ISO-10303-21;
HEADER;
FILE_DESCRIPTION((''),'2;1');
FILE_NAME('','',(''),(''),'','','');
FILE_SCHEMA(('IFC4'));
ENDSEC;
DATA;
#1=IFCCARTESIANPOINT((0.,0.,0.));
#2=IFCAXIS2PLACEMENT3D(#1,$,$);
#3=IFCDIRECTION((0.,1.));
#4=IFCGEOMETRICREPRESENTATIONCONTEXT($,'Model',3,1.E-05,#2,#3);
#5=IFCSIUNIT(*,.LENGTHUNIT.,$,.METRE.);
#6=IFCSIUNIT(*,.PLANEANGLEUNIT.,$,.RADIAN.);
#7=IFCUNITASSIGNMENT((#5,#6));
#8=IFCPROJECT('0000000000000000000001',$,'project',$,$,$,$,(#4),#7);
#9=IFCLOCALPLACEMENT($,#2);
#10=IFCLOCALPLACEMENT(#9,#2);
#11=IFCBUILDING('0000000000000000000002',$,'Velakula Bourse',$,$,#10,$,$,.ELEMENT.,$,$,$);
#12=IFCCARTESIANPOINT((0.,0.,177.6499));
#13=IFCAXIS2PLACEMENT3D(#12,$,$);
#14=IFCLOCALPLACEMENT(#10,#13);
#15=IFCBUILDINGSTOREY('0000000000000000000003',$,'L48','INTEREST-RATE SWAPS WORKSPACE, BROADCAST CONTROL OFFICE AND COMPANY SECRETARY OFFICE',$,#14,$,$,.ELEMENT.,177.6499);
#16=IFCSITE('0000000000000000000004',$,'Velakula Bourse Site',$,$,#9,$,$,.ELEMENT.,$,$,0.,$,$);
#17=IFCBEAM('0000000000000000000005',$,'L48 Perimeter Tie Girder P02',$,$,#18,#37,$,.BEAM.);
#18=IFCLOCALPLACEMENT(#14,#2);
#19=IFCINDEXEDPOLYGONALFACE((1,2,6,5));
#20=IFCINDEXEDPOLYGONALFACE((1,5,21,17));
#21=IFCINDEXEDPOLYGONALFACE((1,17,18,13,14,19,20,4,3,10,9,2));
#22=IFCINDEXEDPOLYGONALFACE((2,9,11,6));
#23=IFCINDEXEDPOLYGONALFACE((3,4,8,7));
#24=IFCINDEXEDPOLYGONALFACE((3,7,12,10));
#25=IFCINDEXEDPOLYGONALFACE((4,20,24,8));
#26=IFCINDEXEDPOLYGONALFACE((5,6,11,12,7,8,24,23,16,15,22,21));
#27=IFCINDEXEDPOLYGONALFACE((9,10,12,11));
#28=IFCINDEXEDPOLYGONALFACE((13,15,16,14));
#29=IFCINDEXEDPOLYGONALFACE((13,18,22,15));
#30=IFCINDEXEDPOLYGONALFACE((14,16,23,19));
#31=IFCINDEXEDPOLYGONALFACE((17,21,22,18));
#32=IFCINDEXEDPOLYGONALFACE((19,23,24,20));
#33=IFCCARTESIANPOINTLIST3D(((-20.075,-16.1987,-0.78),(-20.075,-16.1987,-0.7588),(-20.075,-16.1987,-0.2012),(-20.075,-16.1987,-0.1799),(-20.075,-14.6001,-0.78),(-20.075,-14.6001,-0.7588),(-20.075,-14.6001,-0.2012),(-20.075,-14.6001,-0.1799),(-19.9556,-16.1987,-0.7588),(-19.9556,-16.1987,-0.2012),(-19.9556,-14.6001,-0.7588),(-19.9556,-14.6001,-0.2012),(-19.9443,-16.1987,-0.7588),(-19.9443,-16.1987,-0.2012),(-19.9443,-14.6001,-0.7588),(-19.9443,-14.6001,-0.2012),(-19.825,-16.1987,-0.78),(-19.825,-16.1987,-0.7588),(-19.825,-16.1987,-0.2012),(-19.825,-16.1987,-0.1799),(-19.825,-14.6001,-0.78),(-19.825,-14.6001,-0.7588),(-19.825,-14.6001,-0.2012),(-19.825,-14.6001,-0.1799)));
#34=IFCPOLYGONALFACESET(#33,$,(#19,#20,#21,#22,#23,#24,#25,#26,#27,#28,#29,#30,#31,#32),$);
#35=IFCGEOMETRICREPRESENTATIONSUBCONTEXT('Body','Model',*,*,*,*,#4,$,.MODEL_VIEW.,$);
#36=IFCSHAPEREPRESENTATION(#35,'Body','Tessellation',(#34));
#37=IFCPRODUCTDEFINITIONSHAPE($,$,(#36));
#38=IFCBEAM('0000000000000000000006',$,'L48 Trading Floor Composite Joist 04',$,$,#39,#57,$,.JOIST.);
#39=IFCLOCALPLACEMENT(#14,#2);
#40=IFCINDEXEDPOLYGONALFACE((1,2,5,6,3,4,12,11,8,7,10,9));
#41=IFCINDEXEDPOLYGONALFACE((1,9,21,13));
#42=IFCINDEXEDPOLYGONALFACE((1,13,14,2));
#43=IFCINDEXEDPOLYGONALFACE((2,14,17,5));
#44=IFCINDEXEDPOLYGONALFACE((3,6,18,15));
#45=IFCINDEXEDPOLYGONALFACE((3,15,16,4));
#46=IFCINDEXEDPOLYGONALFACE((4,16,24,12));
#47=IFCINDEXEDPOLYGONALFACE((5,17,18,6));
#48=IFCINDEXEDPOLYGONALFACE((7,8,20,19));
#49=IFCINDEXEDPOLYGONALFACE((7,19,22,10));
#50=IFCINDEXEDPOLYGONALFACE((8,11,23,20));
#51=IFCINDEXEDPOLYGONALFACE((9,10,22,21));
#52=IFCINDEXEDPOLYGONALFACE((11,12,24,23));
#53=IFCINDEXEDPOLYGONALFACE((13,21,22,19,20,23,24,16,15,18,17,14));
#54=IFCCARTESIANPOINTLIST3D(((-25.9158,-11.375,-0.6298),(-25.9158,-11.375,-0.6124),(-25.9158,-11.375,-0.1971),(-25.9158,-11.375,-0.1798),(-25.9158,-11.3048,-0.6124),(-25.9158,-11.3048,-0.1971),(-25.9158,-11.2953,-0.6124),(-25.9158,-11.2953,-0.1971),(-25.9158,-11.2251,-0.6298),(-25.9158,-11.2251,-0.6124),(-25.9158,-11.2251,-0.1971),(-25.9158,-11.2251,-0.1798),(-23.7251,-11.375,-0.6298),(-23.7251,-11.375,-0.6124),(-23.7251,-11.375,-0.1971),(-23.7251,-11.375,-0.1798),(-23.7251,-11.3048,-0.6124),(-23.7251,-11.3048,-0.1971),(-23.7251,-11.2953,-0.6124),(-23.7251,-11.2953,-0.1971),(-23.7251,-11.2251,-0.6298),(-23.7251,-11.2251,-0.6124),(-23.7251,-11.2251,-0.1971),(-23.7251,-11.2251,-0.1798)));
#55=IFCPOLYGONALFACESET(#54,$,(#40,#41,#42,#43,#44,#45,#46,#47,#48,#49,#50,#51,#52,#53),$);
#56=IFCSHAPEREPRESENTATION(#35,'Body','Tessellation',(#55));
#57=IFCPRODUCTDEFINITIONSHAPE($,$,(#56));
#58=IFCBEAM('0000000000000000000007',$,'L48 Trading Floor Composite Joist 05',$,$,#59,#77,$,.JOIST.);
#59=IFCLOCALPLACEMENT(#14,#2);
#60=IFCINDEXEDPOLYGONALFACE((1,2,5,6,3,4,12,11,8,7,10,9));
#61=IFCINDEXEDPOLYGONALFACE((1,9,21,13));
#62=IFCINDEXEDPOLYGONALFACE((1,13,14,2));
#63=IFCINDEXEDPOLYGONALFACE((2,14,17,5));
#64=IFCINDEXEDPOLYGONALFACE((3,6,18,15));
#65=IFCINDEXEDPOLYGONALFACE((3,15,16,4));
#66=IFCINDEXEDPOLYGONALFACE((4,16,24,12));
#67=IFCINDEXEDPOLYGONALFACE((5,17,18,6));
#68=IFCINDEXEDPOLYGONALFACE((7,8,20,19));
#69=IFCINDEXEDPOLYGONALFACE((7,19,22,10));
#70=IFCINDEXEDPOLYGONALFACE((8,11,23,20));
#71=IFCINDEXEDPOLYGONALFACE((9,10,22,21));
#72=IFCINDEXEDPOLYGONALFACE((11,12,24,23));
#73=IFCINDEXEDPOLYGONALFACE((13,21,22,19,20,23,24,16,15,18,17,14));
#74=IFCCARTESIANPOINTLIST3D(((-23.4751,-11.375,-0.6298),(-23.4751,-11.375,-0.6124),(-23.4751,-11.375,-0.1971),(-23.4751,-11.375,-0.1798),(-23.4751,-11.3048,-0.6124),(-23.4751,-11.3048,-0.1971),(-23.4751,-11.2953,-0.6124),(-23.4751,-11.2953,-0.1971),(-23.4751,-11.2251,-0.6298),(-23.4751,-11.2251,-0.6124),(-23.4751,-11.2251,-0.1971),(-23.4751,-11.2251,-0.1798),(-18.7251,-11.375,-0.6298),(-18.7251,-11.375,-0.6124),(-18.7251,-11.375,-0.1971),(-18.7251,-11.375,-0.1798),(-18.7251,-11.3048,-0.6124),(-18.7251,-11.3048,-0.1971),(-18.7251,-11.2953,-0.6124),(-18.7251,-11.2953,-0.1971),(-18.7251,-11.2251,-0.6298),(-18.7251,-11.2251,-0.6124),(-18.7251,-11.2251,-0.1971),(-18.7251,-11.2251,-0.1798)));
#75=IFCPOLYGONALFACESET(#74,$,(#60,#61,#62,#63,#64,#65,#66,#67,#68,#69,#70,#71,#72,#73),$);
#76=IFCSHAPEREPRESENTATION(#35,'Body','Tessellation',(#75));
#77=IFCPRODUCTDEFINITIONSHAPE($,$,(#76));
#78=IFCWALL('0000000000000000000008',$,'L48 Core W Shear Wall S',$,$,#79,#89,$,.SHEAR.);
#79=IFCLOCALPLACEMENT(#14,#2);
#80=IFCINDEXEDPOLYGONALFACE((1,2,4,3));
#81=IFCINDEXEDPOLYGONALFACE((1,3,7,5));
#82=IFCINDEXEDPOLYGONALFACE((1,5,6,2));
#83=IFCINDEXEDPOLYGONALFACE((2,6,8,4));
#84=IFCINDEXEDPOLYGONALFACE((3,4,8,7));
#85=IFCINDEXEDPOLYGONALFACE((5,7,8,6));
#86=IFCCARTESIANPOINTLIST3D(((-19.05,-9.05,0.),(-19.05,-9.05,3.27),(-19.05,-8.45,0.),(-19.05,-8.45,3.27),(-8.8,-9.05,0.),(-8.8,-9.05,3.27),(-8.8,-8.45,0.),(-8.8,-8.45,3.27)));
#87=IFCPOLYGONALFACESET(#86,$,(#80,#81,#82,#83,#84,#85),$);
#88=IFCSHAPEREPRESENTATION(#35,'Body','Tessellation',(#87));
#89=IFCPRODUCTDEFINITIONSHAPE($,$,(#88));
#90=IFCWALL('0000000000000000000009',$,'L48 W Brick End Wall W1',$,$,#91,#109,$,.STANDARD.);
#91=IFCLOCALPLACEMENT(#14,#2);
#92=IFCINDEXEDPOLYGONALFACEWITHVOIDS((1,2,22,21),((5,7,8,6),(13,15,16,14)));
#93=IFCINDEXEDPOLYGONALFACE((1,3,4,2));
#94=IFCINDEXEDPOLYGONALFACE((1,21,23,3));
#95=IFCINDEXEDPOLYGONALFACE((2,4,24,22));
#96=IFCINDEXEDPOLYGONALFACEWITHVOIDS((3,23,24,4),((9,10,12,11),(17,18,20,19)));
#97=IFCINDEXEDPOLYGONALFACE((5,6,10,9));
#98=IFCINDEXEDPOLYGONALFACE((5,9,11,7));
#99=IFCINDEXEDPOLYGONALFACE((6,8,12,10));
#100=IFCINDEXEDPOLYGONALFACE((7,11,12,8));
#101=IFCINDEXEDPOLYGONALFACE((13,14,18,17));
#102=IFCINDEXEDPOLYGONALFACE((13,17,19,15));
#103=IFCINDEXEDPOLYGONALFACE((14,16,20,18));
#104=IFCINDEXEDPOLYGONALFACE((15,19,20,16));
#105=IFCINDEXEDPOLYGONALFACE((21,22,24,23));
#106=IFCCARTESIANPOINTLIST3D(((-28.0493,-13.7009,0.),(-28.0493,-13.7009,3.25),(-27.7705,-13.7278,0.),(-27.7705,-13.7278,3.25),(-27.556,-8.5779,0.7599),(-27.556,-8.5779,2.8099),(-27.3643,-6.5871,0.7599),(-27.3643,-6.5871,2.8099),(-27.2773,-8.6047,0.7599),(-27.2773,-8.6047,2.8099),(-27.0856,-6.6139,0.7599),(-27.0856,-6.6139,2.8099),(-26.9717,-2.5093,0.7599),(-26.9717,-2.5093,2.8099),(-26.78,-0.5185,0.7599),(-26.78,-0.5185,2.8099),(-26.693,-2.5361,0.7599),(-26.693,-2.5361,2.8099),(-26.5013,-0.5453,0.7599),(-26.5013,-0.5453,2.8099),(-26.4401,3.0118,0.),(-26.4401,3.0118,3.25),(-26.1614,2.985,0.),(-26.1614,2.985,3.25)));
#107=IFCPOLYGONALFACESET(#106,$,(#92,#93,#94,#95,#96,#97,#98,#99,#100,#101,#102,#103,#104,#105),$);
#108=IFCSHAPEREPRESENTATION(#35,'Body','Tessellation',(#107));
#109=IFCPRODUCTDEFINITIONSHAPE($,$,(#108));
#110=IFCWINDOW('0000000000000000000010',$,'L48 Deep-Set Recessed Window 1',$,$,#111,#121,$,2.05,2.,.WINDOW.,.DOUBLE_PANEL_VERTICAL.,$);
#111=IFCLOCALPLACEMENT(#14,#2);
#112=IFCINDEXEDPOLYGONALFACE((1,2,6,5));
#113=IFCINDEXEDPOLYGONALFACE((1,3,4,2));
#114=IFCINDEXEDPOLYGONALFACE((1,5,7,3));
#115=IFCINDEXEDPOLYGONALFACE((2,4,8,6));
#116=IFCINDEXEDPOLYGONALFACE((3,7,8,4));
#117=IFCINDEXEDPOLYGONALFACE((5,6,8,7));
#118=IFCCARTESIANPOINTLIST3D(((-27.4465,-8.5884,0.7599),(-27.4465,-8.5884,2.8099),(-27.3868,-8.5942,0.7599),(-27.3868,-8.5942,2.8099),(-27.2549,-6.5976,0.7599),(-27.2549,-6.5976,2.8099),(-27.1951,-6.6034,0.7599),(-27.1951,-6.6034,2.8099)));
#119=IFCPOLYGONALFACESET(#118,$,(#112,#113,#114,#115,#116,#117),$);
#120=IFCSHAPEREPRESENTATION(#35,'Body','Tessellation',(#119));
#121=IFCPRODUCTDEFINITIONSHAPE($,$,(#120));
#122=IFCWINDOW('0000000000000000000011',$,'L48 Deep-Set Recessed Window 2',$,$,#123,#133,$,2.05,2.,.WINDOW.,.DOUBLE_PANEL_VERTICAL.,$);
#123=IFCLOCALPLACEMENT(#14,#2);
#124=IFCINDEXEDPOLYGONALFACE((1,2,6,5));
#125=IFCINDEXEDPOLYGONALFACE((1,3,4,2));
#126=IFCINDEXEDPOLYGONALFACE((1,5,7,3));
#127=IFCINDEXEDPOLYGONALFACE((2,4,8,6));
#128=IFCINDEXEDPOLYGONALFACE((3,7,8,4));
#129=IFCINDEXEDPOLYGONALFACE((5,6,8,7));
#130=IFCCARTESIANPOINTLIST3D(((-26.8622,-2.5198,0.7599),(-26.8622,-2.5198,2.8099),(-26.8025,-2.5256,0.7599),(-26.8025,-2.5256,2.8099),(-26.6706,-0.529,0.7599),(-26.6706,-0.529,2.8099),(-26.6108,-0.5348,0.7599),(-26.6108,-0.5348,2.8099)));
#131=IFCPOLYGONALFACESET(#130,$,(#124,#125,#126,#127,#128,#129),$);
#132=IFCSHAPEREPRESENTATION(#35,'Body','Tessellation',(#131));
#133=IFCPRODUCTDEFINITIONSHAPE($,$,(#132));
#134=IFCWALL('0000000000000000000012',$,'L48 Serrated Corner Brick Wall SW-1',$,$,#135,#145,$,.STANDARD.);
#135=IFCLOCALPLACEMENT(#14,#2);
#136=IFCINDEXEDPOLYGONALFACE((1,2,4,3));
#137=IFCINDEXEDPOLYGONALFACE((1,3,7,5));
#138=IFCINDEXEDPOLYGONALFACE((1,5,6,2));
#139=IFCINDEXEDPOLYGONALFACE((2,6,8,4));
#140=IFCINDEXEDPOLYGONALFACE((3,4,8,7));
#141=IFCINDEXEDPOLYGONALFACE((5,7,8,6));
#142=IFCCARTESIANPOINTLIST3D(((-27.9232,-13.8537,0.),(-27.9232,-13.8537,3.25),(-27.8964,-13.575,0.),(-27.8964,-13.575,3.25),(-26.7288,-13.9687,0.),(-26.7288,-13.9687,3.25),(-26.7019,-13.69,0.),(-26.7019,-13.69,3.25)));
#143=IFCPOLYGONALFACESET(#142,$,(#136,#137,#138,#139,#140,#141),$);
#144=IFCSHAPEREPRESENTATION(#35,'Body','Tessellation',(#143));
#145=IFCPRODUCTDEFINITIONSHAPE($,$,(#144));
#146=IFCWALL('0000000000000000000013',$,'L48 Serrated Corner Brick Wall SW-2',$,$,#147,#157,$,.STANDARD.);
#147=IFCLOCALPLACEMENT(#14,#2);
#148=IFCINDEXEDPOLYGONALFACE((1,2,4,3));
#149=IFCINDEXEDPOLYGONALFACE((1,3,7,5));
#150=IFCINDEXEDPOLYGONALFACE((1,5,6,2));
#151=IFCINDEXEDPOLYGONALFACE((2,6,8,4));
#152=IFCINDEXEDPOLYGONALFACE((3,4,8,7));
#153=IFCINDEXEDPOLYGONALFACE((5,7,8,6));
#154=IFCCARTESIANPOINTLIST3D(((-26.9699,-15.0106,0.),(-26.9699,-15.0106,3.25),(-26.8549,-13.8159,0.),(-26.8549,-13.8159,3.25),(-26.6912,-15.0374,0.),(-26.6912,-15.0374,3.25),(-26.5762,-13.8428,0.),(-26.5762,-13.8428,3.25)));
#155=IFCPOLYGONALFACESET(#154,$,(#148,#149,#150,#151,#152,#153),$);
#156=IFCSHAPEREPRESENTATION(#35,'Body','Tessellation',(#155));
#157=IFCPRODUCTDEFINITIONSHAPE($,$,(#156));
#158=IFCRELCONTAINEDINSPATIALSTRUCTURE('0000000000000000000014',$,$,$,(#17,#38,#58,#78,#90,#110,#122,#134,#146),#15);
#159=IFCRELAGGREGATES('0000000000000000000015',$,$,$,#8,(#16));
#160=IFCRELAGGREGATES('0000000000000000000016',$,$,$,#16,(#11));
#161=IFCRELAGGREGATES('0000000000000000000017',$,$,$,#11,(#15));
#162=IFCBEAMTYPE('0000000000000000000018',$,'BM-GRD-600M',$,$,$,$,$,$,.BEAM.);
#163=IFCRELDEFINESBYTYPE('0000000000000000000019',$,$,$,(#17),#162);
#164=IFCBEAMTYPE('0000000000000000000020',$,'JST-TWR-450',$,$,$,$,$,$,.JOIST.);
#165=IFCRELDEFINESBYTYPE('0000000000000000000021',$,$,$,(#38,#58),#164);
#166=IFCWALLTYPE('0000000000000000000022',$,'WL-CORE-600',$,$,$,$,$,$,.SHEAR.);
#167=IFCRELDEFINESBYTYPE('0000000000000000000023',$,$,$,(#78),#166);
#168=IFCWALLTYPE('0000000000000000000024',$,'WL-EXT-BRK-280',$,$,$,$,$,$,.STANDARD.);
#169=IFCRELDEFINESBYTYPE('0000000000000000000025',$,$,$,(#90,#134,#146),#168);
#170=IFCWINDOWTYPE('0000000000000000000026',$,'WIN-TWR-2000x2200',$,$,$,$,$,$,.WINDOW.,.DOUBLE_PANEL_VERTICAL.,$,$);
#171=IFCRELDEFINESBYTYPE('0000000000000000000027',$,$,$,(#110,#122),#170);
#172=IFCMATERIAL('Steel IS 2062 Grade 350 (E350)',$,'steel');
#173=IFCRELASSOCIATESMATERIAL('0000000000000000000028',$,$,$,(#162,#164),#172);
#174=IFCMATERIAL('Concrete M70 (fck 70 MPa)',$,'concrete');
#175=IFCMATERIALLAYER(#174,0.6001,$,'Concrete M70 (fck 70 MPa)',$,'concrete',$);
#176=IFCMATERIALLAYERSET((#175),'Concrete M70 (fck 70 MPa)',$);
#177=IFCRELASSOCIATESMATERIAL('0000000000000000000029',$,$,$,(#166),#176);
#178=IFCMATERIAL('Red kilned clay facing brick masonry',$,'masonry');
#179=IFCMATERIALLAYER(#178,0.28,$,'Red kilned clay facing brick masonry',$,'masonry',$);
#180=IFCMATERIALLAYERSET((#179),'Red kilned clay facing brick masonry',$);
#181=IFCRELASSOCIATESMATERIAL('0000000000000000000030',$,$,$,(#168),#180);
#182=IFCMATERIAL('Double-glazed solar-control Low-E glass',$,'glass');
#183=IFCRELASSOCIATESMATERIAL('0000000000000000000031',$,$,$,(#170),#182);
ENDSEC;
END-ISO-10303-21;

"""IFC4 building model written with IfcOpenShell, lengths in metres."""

from ifc_helpers import new_model, si_unit, direction, frame, frame_2d, origin, origin_2d, place, context, subcontext, project, spatial, rectangle, i_section, extrude, material, layer, layer_set, material_profile, profile_set, type_object, element, fill, save


model = new_model("IFC4")

# Units and contexts
model_context = context("Model", 3, precision=1e-05, world=origin(), true_north=direction((0.0, 1.0)))
body_context = subcontext(model_context, "Body", "Model", "MODEL_VIEW")
ifc_project = project(units=[si_unit("LENGTHUNIT", "METRE"), si_unit("PLANEANGLEUNIT", "RADIAN")], contexts=[model_context])

# Site, building, storey
site_placement = place(None, origin())
site = spatial("IfcSite", under=ifc_project, at=site_placement, Name="Velakula Bourse Site", CompositionType="ELEMENT", RefElevation=0.0)
building_placement = place(site_placement, origin())
building = spatial("IfcBuilding", under=site, at=building_placement, Name="Velakula Bourse", CompositionType="ELEMENT")
storey_placement = place(building_placement, frame((0.0, 0.0, 177.6499)))
storey = spatial("IfcBuildingStorey", under=building, at=storey_placement, Name="L48", Description="INTEREST-RATE SWAPS WORKSPACE, BROADCAST CONTROL OFFICE AND COMPANY SECRETARY OFFICE", CompositionType="ELEMENT", Elevation=177.6499)

# Beams
ifc_material_1 = material(Name="Steel IS 2062 Grade 350 (E350)", Category="steel")
ifc_material_profile_1 = material_profile(ifc_material_1, i_section(OverallWidth=0.25, OverallDepth=0.6001, WebThickness=0.0112, FlangeThickness=0.0212, at=origin_2d()), Name="Steel IS 2062 Grade 350 (E350)")
ifc_profile_set_1 = profile_set([ifc_material_profile_1], Name="Steel IS 2062 Grade 350 (E350)")
beam_type_1 = type_object("IfcBeamType", Name="BM-GRD-600M", PredefinedType="BEAM", material=ifc_profile_set_1)
beam_1_placement = place(storey_placement, frame((-19.95, -14.6001, -0.48), z_axis=(0.0, -1.0, 0.0), x_axis=(1.0, 0.0, 0.0)))
element("IfcBeam", 1, at=beam_1_placement, inside=storey, type_object=beam_type_1, Name="L48 Perimeter Tie Girder P02", PredefinedType="BEAM", context=body_context, shape_type="SweptSolid", body=[
    extrude(i_section(OverallWidth=0.25, OverallDepth=0.6001, WebThickness=0.0112, FlangeThickness=0.0212, at=origin_2d()), origin(), (0.0, 0.0, 1.0), 1.5986),
])
ifc_material_profile_2 = material_profile(ifc_material_1, i_section(OverallWidth=0.1499, OverallDepth=0.45, WebThickness=0.0095, FlangeThickness=0.0173, at=origin_2d()), Name="Steel IS 2062 Grade 350 (E350)")
ifc_profile_set_2 = profile_set([ifc_material_profile_2], Name="Steel IS 2062 Grade 350 (E350)")
beam_type_2 = type_object("IfcBeamType", Name="JST-TWR-450", PredefinedType="JOIST", material=ifc_profile_set_2)
beam_2_placement = place(storey_placement, frame((-25.9158, -11.3, -0.4048), z_axis=(1.0, 0.0, 0.0), x_axis=(0.0, 1.0, 0.0)))
element("IfcBeam", 2, at=beam_2_placement, inside=storey, type_object=beam_type_2, Name="L48 Trading Floor Composite Joist 04", PredefinedType="JOIST", context=body_context, shape_type="SweptSolid", body=[
    extrude(i_section(OverallWidth=0.1499, OverallDepth=0.45, WebThickness=0.0095, FlangeThickness=0.0173, at=origin_2d()), origin(), (0.0, 0.0, 1.0), 2.1907),
])
beam_3_placement = place(storey_placement, frame((-23.4751, -11.3, -0.4048), z_axis=(1.0, 0.0, 0.0), x_axis=(0.0, 1.0, 0.0)))
element("IfcBeam", 3, at=beam_3_placement, inside=storey, type_object=beam_type_2, Name="L48 Trading Floor Composite Joist 05", PredefinedType="JOIST", context=body_context, shape_type="SweptSolid", body=[
    extrude(i_section(OverallWidth=0.1499, OverallDepth=0.45, WebThickness=0.0095, FlangeThickness=0.0173, at=origin_2d()), origin(), (0.0, 0.0, 1.0), 4.75),
])

# Wall
ifc_material_2 = material(Name="Concrete M70 (fck 70 MPa)", Category="concrete")
ifc_layer_1 = layer(ifc_material_2, 0.6001, Name="Concrete M70 (fck 70 MPa)", Category="concrete")
ifc_layer_set_1 = layer_set([ifc_layer_1], Name="Concrete M70 (fck 70 MPa)")
wall_type_1 = type_object("IfcWallType", Name="WL-CORE-600", PredefinedType="SHEAR", material=ifc_layer_set_1)
wall_1_placement = place(storey_placement, frame((-19.05, -8.75, 0.0), z_axis=(0.0, 0.0, 1.0), x_axis=(1.0, 0.0, 0.0)))
element("IfcWall", 4, at=wall_1_placement, inside=storey, type_object=wall_type_1, Name="L48 Core W Shear Wall S", PredefinedType="SHEAR", context=body_context, shape_type="SweptSolid", body=[
    extrude(rectangle(XDim=10.25, YDim=0.6001, at=frame_2d((5.125, 0.0))), origin(), (0.0, 0.0, 1.0), 3.27),
])

# Wall, openings, windows
ifc_material_3 = material(Name="Red kilned clay facing brick masonry", Category="masonry")
ifc_layer_2 = layer(ifc_material_3, 0.28, Name="Red kilned clay facing brick masonry", Category="masonry")
ifc_layer_set_2 = layer_set([ifc_layer_2], Name="Red kilned clay facing brick masonry")
wall_type_2 = type_object("IfcWallType", Name="WL-EXT-BRK-280", PredefinedType="STANDARD", material=ifc_layer_set_2)
wall_2_placement = place(storey_placement, frame((-27.9099, -13.7144, 0.0), z_axis=(0.0, 0.0, 1.0), x_axis=(0.095839, 0.995397, 0.0)))
wall_2 = element("IfcWall", 5, at=wall_2_placement, inside=storey, type_object=wall_type_2, Name="L48 W Brick End Wall W1", PredefinedType="STANDARD", context=body_context, shape_type="SweptSolid", body=[
    extrude(rectangle(XDim=16.79, YDim=0.28, at=frame_2d((8.395, 0.0))), origin(), (0.0, 0.0, 1.0), 3.25),
])
opening_1_placement = place(wall_2_placement, frame((5.1467, 0.0, 0.76)))
opening_1 = element("IfcOpeningElement", 6, at=opening_1_placement, cuts=wall_2, PredefinedType="OPENING", context=body_context, shape_type="SweptSolid", body=[
    extrude(rectangle(XDim=2.0, YDim=2.05, at=frame_2d((1.0, 1.0249))), frame((0.0, 0.1499, 0.0), z_axis=(0.0, -1.0, 0.0), x_axis=(1.0, 0.0, 0.0)), (0.0, 0.0, 1.0), 0.3),
])
opening_2_placement = place(wall_2_placement, frame((11.2434, 0.0, 0.76)))
opening_2 = element("IfcOpeningElement", 7, at=opening_2_placement, cuts=wall_2, PredefinedType="OPENING", context=body_context, shape_type="SweptSolid", body=[
    extrude(rectangle(XDim=2.0, YDim=2.05, at=frame_2d((1.0, 1.0249))), frame((0.0, 0.1499, 0.0), z_axis=(0.0, -1.0, 0.0), x_axis=(1.0, 0.0, 0.0)), (0.0, 0.0, 1.0), 0.3),
])
ifc_material_4 = material(Name="Double-glazed solar-control Low-E glass", Category="glass")
window_type = type_object("IfcWindowType", Name="WIN-TWR-2000x2200", PartitioningType="DOUBLE_PANEL_VERTICAL", PredefinedType="WINDOW", material=ifc_material_4)
window_1_placement = place(opening_1_placement, origin())
window_1 = element("IfcWindow", 8, at=window_1_placement, inside=storey, type_object=window_type, Name="L48 Deep-Set Recessed Window 1", OverallHeight=2.05, OverallWidth=2.0, PartitioningType="DOUBLE_PANEL_VERTICAL", PredefinedType="WINDOW", context=body_context, shape_type="SweptSolid", body=[
    extrude(rectangle(XDim=2.0, YDim=2.05, at=frame_2d((1.0, 1.0249))), frame((0.0, 0.03, 0.0), z_axis=(0.0, -1.0, 0.0), x_axis=(1.0, 0.0, 0.0)), (0.0, 0.0, 1.0), 0.0601),
])
fill(opening_1, window_1)
window_2_placement = place(opening_2_placement, origin())
window_2 = element("IfcWindow", 9, at=window_2_placement, inside=storey, type_object=window_type, Name="L48 Deep-Set Recessed Window 2", OverallHeight=2.05, OverallWidth=2.0, PartitioningType="DOUBLE_PANEL_VERTICAL", PredefinedType="WINDOW", context=body_context, shape_type="SweptSolid", body=[
    extrude(rectangle(XDim=2.0, YDim=2.05, at=frame_2d((1.0, 1.0249))), frame((0.0, 0.03, 0.0), z_axis=(0.0, -1.0, 0.0), x_axis=(1.0, 0.0, 0.0)), (0.0, 0.0, 1.0), 0.0601),
])
fill(opening_2, window_2)

# Walls
wall_3_placement = place(storey_placement, frame((-27.9099, -13.7144, 0.0), z_axis=(0.0, 0.0, 1.0), x_axis=(0.995397, -0.095836, 0.0)))
element("IfcWall", 10, at=wall_3_placement, inside=storey, type_object=wall_type_2, Name="L48 Serrated Corner Brick Wall SW-1", PredefinedType="STANDARD", context=body_context, shape_type="SweptSolid", body=[
    extrude(rectangle(XDim=1.2, YDim=0.28, at=frame_2d((0.6001, 0.0))), origin(), (0.0, 0.0, 1.0), 3.25),
])
wall_4_placement = place(storey_placement, frame((-26.7156, -13.8293, 0.0), z_axis=(0.0, 0.0, 1.0), x_axis=(-0.095817, -0.995399, 0.0)))
element("IfcWall", 11, at=wall_4_placement, inside=storey, type_object=wall_type_2, Name="L48 Serrated Corner Brick Wall SW-2", PredefinedType="STANDARD", context=body_context, shape_type="SweptSolid", body=[
    extrude(rectangle(XDim=1.2002, YDim=0.28, at=frame_2d((0.6001, 0.0))), origin(), (0.0, 0.0, 1.0), 3.25),
])

save(model, "model.ifc")
